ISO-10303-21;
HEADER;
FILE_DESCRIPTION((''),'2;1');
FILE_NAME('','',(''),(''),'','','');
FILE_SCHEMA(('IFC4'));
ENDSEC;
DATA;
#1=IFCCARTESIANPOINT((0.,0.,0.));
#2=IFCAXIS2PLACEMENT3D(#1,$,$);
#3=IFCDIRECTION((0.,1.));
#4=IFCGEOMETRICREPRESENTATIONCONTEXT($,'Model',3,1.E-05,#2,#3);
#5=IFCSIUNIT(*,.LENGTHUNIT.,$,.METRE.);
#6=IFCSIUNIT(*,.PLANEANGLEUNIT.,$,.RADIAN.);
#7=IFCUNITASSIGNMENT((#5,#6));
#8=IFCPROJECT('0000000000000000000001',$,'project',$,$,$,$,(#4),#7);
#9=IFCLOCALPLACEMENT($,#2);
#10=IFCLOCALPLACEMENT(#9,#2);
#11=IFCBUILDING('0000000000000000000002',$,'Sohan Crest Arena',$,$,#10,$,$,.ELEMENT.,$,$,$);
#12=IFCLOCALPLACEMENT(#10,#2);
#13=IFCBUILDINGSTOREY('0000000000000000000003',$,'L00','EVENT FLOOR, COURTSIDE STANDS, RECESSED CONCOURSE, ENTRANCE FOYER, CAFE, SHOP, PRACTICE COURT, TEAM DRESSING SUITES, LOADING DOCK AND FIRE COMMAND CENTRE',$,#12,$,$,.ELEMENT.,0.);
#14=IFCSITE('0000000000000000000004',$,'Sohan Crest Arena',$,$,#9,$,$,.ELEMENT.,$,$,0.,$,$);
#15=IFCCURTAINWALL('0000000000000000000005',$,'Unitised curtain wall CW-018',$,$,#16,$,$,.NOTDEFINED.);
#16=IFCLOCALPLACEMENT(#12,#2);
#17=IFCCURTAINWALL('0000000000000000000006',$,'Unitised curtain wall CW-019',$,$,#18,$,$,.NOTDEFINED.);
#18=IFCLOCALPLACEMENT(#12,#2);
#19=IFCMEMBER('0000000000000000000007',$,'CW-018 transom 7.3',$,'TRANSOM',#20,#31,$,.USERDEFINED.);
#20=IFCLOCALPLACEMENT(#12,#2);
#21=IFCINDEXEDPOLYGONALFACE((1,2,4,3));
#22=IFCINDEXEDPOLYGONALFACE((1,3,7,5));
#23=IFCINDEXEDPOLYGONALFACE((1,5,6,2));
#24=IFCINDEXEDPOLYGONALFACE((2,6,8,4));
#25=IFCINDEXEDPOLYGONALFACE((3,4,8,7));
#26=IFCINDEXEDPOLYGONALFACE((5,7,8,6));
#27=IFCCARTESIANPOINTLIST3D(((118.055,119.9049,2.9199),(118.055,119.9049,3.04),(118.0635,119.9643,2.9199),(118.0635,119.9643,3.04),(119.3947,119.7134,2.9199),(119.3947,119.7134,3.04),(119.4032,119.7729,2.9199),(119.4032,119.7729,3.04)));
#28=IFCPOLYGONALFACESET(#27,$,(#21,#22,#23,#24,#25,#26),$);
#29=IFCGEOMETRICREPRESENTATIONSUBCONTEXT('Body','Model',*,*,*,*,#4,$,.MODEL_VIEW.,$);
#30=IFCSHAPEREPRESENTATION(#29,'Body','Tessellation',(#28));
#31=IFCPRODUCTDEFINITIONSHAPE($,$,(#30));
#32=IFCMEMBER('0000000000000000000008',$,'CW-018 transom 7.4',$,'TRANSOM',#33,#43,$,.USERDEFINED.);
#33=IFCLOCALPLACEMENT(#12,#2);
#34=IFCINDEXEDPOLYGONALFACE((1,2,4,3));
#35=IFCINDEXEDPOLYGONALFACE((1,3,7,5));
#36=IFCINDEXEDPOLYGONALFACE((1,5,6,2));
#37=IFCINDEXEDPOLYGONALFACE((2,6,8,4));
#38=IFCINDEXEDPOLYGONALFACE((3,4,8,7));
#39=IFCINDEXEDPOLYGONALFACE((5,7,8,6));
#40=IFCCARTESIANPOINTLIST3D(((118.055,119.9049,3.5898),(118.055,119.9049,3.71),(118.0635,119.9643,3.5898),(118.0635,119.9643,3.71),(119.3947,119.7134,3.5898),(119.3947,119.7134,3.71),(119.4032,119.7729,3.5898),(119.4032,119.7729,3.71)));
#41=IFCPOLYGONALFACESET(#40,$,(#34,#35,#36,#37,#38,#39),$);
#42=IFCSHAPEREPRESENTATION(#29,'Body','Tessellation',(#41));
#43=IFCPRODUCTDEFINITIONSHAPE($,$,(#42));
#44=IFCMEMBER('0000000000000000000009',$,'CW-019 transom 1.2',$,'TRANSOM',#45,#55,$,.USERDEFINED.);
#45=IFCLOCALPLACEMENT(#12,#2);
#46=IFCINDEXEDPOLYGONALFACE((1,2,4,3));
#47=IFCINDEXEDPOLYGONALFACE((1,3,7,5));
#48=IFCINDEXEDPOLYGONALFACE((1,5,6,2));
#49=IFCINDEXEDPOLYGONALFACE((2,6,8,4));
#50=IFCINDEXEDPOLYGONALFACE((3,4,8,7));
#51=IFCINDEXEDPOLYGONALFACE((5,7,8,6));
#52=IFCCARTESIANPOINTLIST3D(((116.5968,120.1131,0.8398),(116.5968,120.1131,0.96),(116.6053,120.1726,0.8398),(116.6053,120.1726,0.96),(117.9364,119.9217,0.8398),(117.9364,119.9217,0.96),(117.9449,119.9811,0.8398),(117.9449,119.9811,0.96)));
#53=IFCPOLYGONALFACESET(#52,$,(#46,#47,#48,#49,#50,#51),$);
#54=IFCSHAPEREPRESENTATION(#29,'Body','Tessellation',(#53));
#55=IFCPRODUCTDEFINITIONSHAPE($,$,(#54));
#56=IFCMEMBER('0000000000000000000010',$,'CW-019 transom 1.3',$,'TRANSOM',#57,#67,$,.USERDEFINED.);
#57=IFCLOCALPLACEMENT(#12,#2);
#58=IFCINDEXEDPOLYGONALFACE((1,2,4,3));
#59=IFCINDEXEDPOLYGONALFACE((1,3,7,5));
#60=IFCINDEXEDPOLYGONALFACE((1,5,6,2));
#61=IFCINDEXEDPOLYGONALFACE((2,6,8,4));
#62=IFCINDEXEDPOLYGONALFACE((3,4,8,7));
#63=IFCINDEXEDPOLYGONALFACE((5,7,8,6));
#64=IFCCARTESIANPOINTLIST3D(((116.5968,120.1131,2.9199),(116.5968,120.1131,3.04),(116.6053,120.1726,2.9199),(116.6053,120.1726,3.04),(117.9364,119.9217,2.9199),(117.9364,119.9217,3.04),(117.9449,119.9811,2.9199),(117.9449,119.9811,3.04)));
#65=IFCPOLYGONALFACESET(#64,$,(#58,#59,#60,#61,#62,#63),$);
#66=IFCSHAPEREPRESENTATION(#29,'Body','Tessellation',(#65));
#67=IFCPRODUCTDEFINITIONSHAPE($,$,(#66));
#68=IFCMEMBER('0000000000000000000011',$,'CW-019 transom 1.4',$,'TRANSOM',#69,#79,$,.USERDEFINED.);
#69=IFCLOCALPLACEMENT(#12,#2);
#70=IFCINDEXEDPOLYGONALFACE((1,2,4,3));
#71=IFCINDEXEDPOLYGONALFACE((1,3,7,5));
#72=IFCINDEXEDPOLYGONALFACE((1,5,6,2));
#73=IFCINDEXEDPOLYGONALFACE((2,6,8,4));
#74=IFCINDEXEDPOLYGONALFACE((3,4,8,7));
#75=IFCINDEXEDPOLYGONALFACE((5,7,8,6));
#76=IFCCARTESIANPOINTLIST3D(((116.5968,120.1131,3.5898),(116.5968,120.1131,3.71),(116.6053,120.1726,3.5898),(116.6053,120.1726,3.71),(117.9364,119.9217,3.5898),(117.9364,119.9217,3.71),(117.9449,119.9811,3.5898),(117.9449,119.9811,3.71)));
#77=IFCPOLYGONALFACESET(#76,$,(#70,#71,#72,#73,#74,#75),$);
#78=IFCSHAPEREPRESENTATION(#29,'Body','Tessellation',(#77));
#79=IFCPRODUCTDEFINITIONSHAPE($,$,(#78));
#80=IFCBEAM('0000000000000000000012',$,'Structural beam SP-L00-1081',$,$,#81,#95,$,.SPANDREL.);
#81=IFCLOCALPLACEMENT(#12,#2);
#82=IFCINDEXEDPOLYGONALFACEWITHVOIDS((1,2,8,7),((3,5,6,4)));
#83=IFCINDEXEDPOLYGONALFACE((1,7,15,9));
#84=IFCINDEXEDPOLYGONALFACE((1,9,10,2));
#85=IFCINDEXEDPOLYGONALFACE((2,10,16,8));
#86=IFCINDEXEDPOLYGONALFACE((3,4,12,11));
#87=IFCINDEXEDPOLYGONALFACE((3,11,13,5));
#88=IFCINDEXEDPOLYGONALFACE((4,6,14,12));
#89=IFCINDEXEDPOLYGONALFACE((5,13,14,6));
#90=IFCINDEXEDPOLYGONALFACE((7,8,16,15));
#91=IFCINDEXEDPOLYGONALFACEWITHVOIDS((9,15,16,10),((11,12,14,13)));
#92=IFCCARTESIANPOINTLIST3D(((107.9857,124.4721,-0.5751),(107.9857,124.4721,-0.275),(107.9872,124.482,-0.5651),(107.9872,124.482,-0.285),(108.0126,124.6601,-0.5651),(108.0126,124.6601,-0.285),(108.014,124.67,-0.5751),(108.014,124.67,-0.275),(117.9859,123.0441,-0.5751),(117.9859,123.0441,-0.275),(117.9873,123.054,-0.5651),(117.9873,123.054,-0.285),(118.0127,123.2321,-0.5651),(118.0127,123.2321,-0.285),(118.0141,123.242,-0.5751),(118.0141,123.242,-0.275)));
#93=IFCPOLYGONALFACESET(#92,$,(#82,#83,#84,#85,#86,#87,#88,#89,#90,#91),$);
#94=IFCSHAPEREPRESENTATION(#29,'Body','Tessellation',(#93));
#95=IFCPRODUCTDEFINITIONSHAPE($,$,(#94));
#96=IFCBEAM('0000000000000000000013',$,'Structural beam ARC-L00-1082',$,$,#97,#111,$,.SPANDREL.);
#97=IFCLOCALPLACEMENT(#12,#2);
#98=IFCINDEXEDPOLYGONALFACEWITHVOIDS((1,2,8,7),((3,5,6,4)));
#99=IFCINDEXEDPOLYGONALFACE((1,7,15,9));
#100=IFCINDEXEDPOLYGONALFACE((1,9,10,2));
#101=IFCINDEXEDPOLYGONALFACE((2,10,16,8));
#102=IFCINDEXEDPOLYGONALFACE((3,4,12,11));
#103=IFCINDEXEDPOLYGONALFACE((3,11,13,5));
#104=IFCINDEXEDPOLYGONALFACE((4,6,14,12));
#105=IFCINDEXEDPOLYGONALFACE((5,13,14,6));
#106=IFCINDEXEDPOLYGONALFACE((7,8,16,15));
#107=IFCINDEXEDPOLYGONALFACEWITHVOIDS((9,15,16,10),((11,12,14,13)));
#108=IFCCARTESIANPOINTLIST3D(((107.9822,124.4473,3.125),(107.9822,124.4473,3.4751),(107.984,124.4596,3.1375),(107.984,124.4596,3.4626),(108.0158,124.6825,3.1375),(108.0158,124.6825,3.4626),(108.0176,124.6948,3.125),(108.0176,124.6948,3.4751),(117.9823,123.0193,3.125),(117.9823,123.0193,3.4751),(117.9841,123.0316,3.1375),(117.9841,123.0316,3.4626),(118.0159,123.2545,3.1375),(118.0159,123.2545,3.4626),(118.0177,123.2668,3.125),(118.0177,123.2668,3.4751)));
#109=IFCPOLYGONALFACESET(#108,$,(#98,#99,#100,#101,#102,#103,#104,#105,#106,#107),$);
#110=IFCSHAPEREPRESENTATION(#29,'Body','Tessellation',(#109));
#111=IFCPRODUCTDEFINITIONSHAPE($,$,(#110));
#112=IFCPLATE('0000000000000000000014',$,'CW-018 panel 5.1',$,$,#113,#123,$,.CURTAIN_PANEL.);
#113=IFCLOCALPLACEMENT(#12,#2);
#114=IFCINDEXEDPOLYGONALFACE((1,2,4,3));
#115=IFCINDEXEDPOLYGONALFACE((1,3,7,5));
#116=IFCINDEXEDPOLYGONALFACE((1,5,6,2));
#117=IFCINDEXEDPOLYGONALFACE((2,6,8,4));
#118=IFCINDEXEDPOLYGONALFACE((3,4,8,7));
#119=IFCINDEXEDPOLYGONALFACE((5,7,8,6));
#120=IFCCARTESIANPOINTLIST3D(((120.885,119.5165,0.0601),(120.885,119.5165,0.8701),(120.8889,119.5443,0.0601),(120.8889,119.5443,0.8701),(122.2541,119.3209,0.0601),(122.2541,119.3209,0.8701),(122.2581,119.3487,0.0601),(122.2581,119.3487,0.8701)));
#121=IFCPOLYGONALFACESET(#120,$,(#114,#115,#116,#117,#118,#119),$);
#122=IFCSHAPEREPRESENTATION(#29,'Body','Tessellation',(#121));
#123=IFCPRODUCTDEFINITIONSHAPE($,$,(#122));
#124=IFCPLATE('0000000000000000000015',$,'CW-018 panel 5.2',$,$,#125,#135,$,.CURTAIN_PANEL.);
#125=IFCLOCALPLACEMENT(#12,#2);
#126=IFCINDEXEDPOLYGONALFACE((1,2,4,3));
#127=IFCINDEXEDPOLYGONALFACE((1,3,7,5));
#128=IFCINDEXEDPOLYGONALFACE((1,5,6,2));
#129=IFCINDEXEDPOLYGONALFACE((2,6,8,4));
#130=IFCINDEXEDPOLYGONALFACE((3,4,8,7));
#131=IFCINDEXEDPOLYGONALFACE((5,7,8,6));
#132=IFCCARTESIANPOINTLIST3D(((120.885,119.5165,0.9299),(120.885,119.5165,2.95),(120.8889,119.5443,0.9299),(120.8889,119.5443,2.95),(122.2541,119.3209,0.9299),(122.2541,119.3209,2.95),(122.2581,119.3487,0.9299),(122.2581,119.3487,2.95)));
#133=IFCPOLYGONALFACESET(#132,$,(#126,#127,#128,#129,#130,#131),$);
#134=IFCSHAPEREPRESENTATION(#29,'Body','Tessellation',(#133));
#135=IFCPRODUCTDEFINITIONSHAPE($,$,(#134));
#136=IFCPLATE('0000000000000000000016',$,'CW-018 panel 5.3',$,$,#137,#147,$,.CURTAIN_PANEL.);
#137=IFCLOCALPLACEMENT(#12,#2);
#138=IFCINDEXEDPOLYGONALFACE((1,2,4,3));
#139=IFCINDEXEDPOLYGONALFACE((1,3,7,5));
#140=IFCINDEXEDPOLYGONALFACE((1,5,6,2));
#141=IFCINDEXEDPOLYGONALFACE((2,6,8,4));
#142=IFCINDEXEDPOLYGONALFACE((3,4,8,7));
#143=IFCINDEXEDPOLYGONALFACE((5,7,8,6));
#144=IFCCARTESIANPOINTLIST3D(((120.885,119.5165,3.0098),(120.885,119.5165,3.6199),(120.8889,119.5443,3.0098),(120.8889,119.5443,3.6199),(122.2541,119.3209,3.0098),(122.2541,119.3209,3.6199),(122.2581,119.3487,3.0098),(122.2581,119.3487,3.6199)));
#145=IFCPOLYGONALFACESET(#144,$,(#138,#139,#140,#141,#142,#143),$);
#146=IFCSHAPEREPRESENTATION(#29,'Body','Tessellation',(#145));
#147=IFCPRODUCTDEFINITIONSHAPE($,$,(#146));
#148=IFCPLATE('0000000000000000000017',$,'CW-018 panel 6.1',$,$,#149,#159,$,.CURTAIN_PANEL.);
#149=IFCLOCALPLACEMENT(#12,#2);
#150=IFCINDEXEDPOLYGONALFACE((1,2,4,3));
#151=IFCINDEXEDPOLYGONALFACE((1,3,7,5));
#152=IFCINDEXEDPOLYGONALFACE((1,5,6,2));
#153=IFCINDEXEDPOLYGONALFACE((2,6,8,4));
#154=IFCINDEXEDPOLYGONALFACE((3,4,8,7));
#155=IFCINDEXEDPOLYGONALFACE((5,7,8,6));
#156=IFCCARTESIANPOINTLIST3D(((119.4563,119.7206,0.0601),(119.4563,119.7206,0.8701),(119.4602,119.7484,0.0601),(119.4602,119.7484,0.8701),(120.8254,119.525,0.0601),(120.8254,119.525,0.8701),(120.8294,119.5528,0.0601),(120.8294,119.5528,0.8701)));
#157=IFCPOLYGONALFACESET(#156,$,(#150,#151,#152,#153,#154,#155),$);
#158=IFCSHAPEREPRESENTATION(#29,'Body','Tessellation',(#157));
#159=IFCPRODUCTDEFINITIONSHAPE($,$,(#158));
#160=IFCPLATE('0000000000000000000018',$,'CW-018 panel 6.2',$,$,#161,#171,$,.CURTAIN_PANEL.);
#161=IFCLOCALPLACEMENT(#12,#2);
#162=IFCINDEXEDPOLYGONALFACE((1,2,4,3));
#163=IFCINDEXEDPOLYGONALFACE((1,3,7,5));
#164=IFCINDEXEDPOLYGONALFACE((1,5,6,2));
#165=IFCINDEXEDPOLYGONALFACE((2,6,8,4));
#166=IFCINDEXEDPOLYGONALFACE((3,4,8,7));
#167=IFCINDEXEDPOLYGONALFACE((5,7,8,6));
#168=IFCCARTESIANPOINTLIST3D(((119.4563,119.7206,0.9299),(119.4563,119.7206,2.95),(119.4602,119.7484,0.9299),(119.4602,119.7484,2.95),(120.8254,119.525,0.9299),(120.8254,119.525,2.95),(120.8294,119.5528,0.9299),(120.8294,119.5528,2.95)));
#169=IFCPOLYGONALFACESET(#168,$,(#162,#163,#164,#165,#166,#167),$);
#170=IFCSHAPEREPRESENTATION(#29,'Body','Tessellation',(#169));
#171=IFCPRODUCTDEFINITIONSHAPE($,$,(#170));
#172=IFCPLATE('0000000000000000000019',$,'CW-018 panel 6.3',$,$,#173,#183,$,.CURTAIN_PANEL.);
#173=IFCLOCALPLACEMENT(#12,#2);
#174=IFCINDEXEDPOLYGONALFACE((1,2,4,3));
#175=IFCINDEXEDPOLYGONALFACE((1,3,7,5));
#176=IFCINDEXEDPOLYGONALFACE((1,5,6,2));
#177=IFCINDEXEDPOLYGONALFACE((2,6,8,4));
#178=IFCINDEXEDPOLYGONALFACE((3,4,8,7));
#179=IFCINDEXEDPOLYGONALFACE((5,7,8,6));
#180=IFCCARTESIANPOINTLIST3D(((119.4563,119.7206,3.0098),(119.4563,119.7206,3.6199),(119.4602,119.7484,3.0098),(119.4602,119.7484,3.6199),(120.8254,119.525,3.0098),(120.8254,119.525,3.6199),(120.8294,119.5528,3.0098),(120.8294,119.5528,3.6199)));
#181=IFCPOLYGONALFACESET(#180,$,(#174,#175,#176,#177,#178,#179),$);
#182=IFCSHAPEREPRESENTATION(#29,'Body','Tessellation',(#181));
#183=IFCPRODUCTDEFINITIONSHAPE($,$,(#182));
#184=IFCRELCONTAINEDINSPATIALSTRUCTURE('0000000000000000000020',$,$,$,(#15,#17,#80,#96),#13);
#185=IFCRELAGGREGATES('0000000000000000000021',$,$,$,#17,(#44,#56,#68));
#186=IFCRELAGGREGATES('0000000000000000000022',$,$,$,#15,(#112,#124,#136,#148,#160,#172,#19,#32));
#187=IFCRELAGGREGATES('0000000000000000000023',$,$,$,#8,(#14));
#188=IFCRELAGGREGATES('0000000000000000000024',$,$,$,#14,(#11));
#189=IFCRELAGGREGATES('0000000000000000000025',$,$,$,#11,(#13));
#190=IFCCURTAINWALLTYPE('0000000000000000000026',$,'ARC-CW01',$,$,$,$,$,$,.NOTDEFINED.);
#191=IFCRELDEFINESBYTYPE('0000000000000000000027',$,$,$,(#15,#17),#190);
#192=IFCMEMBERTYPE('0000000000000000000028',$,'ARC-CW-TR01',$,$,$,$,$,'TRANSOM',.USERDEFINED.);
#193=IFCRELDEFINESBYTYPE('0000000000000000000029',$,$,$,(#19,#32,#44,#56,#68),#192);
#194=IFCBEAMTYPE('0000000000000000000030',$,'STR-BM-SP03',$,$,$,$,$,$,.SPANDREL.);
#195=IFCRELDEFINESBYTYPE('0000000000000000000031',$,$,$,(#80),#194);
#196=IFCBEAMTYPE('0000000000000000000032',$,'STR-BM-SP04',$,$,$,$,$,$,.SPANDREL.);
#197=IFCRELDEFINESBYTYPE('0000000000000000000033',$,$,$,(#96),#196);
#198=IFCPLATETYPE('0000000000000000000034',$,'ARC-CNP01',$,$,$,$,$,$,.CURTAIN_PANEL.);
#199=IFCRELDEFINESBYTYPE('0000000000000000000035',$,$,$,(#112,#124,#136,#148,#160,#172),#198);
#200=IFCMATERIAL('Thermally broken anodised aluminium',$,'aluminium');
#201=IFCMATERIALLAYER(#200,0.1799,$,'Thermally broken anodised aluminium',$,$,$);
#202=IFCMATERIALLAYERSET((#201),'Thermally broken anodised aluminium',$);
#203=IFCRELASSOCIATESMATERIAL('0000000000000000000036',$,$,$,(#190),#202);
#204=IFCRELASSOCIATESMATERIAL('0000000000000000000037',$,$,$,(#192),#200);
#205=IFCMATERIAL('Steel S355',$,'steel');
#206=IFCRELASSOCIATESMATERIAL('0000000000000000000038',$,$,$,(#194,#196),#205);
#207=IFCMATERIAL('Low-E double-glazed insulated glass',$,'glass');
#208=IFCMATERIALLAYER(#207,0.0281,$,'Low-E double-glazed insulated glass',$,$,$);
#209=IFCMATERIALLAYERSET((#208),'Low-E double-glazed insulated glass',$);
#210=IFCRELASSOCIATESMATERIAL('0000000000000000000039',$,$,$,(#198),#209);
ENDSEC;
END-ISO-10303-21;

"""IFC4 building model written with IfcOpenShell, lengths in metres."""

from ifc_helpers import new_model, si_unit, direction, frame, origin, origin_2d, place, context, subcontext, project, spatial, rectangle, hollow_rectangle, extrude, material, layer, layer_set, material_profile, profile_set, type_object, element, aggregate, save


model = new_model("IFC4")

# Units and contexts
model_context = context("Model", 3, precision=1e-05, world=origin(), true_north=direction((0.0, 1.0)))
body_context = subcontext(model_context, "Body", "Model", "MODEL_VIEW")
ifc_project = project(units=[si_unit("LENGTHUNIT", "METRE"), si_unit("PLANEANGLEUNIT", "RADIAN")], contexts=[model_context])

# Site, building, storey
site_placement = place(None, origin())
site = spatial("IfcSite", under=ifc_project, at=site_placement, Name="Sohan Crest Arena", CompositionType="ELEMENT", RefElevation=0.0)
building_placement = place(site_placement, origin())
building = spatial("IfcBuilding", under=site, at=building_placement, Name="Sohan Crest Arena", CompositionType="ELEMENT")
storey_placement = place(building_placement, origin())
storey = spatial("IfcBuildingStorey", under=building, at=storey_placement, Name="L00", Description="EVENT FLOOR, COURTSIDE STANDS, RECESSED CONCOURSE, ENTRANCE FOYER, CAFE, SHOP, PRACTICE COURT, TEAM DRESSING SUITES, LOADING DOCK AND FIRE COMMAND CENTRE", CompositionType="ELEMENT", Elevation=0.0)

# Curtain wall
ifc_material_1 = material(Name="Thermally broken anodised aluminium", Category="aluminium")
ifc_layer_1 = layer(ifc_material_1, 0.1799, Name="Thermally broken anodised aluminium")
ifc_layer_set_1 = layer_set([ifc_layer_1], Name="Thermally broken anodised aluminium")
curtain_wall_type = type_object("IfcCurtainWallType", Name="ARC-CW01", PredefinedType="NOTDEFINED", material=ifc_layer_set_1)
curtain_wall_1_placement = place(storey_placement, origin())
curtain_wall_1 = element("IfcCurtainWall", 1, at=curtain_wall_1_placement, inside=storey, type_object=curtain_wall_type, Name="Unitised curtain wall CW-018", PredefinedType="NOTDEFINED")

# Curtain wall
curtain_wall_2_placement = place(storey_placement, origin())
curtain_wall_2 = element("IfcCurtainWall", 2, at=curtain_wall_2_placement, inside=storey, type_object=curtain_wall_type, Name="Unitised curtain wall CW-019", PredefinedType="NOTDEFINED")

# Members
ifc_material_profile_1 = material_profile(ifc_material_1, rectangle(XDim=0.0601, YDim=0.1201, at=origin_2d()), Name="ALU-TRAN 60x120")
ifc_profile_set_1 = profile_set([ifc_material_profile_1], Name="Thermally broken anodised aluminium")
member_type_1 = type_object("IfcMemberType", Name="ARC-CW-TR01", ElementType="TRANSOM", PredefinedType="USERDEFINED", material=ifc_profile_set_1)
member_1_placement = place(storey_placement, frame((119.3989, 119.7432, 2.98), z_axis=(-0.989946, 0.141447, 0.0), x_axis=(-0.141447, -0.989946, 0.0)))
member_1 = element("IfcMember", 3, at=member_1_placement, type_object=member_type_1, Name="CW-018 transom 7.3", ObjectType="TRANSOM", PredefinedType="USERDEFINED", context=body_context, shape_type="SweptSolid", body=[
    extrude(rectangle(XDim=0.0601, YDim=0.1201, at=origin_2d()), origin(), (0.0, 0.0, 1.0), 1.3533),
])
member_2_placement = place(storey_placement, frame((119.3989, 119.7432, 3.6499), z_axis=(-0.989946, 0.141447, 0.0), x_axis=(-0.141447, -0.989946, 0.0)))
member_2 = element("IfcMember", 4, at=member_2_placement, type_object=member_type_1, Name="CW-018 transom 7.4", ObjectType="TRANSOM", PredefinedType="USERDEFINED", context=body_context, shape_type="SweptSolid", body=[
    extrude(rectangle(XDim=0.0601, YDim=0.1201, at=origin_2d()), origin(), (0.0, 0.0, 1.0), 1.3533),
])
member_3_placement = place(storey_placement, frame((117.9407, 119.9514, 0.8999), z_axis=(-0.989946, 0.141447, 0.0), x_axis=(-0.141447, -0.989946, 0.0)))
member_3 = element("IfcMember", 5, at=member_3_placement, type_object=member_type_1, Name="CW-019 transom 1.2", ObjectType="TRANSOM", PredefinedType="USERDEFINED", context=body_context, shape_type="SweptSolid", body=[
    extrude(rectangle(XDim=0.0601, YDim=0.1201, at=origin_2d()), origin(), (0.0, 0.0, 1.0), 1.3533),
])
member_4_placement = place(storey_placement, frame((117.9407, 119.9514, 2.98), z_axis=(-0.989946, 0.141447, 0.0), x_axis=(-0.141447, -0.989946, 0.0)))
member_4 = element("IfcMember", 6, at=member_4_placement, type_object=member_type_1, Name="CW-019 transom 1.3", ObjectType="TRANSOM", PredefinedType="USERDEFINED", context=body_context, shape_type="SweptSolid", body=[
    extrude(rectangle(XDim=0.0601, YDim=0.1201, at=origin_2d()), origin(), (0.0, 0.0, 1.0), 1.3533),
])
member_5_placement = place(storey_placement, frame((117.9407, 119.9514, 3.6499), z_axis=(-0.989946, 0.141447, 0.0), x_axis=(-0.141447, -0.989946, 0.0)))
member_5 = element("IfcMember", 7, at=member_5_placement, type_object=member_type_1, Name="CW-019 transom 1.4", ObjectType="TRANSOM", PredefinedType="USERDEFINED", context=body_context, shape_type="SweptSolid", body=[
    extrude(rectangle(XDim=0.0601, YDim=0.1201, at=origin_2d()), origin(), (0.0, 0.0, 1.0), 1.3533),
])
aggregate(curtain_wall_2, [member_3, member_4, member_5])

# Beams
ifc_material_2 = material(Name="Steel S355", Category="steel")
ifc_material_profile_2 = material_profile(ifc_material_2, hollow_rectangle(XDim=0.2, YDim=0.3, WallThickness=0.01, at=origin_2d()), Name="RHS 300x200x10")
ifc_profile_set_2 = profile_set([ifc_material_profile_2], Name="Steel S355")
beam_type_1 = type_object("IfcBeamType", Name="STR-BM-SP03", PredefinedType="SPANDREL", material=ifc_profile_set_2)
beam_1_placement = place(storey_placement, frame((118.0, 123.1431, -0.425), z_axis=(-0.989958, 0.141364, 0.0), x_axis=(-0.141364, -0.989958, 0.0)))
element("IfcBeam", 8, at=beam_1_placement, inside=storey, type_object=beam_type_1, Name="Structural beam SP-L00-1081", PredefinedType="SPANDREL", context=body_context, shape_type="SweptSolid", body=[
    extrude(hollow_rectangle(XDim=0.2, YDim=0.3, WallThickness=0.01, at=origin_2d()), origin(), (0.0, 0.0, 1.0), 10.1016),
])
ifc_material_profile_3 = material_profile(ifc_material_2, hollow_rectangle(XDim=0.25, YDim=0.3501, WallThickness=0.0125, at=origin_2d()), Name="RHS 350x250x12.5")
ifc_profile_set_3 = profile_set([ifc_material_profile_3], Name="Steel S355")
beam_type_2 = type_object("IfcBeamType", Name="STR-BM-SP04", PredefinedType="SPANDREL", material=ifc_profile_set_3)
beam_2_placement = place(storey_placement, frame((118.0, 123.1431, 3.3), z_axis=(-0.989958, 0.141364, 0.0), x_axis=(-0.141364, -0.989958, 0.0)))
element("IfcBeam", 9, at=beam_2_placement, inside=storey, type_object=beam_type_2, Name="Structural beam ARC-L00-1082", PredefinedType="SPANDREL", context=body_context, shape_type="SweptSolid", body=[
    extrude(hollow_rectangle(XDim=0.25, YDim=0.3501, WallThickness=0.0125, at=origin_2d()), origin(), (0.0, 0.0, 1.0), 10.1016),
])

# Plates
ifc_material_3 = material(Name="Low-E double-glazed insulated glass", Category="glass")
ifc_layer_2 = layer(ifc_material_3, 0.0281, Name="Low-E double-glazed insulated glass")
ifc_layer_set_2 = layer_set([ifc_layer_2], Name="Low-E double-glazed insulated glass")
plate_type = type_object("IfcPlateType", Name="ARC-CNP01", PredefinedType="CURTAIN_PANEL", material=ifc_layer_set_2)
plate_1_placement = place(storey_placement, frame((121.5715, 119.4326, 0.0601), z_axis=(0.0, 0.0, 1.0), x_axis=(-0.989944, 0.141463, 0.0)))
plate_1 = element("IfcPlate", 10, at=plate_1_placement, type_object=plate_type, Name="CW-018 panel 5.1", PredefinedType="CURTAIN_PANEL", context=body_context, shape_type="SweptSolid", body=[
    extrude(rectangle(XDim=1.3831, YDim=0.0281, at=origin_2d()), origin(), (0.0, 0.0, 1.0), 0.8101),
])
plate_2_placement = place(storey_placement, frame((121.5715, 119.4326, 0.9299), z_axis=(0.0, 0.0, 1.0), x_axis=(-0.989944, 0.141463, 0.0)))
plate_2 = element("IfcPlate", 11, at=plate_2_placement, type_object=plate_type, Name="CW-018 panel 5.2", PredefinedType="CURTAIN_PANEL", context=body_context, shape_type="SweptSolid", body=[
    extrude(rectangle(XDim=1.3831, YDim=0.0281, at=origin_2d()), origin(), (0.0, 0.0, 1.0), 2.02),
])
plate_3_placement = place(storey_placement, frame((121.5715, 119.4326, 3.0098), z_axis=(0.0, 0.0, 1.0), x_axis=(-0.989944, 0.141463, 0.0)))
plate_3 = element("IfcPlate", 12, at=plate_3_placement, type_object=plate_type, Name="CW-018 panel 5.3", PredefinedType="CURTAIN_PANEL", context=body_context, shape_type="SweptSolid", body=[
    extrude(rectangle(XDim=1.3831, YDim=0.0281, at=origin_2d()), origin(), (0.0, 0.0, 1.0), 0.6101),
])
plate_4_placement = place(storey_placement, frame((120.1428, 119.6367, 0.0601), z_axis=(0.0, 0.0, 1.0), x_axis=(-0.989944, 0.141463, 0.0)))
plate_4 = element("IfcPlate", 13, at=plate_4_placement, type_object=plate_type, Name="CW-018 panel 6.1", PredefinedType="CURTAIN_PANEL", context=body_context, shape_type="SweptSolid", body=[
    extrude(rectangle(XDim=1.3831, YDim=0.0281, at=origin_2d()), origin(), (0.0, 0.0, 1.0), 0.8101),
])
plate_5_placement = place(storey_placement, frame((120.1428, 119.6367, 0.9299), z_axis=(0.0, 0.0, 1.0), x_axis=(-0.989944, 0.141463, 0.0)))
plate_5 = element("IfcPlate", 14, at=plate_5_placement, type_object=plate_type, Name="CW-018 panel 6.2", PredefinedType="CURTAIN_PANEL", context=body_context, shape_type="SweptSolid", body=[
    extrude(rectangle(XDim=1.3831, YDim=0.0281, at=origin_2d()), origin(), (0.0, 0.0, 1.0), 2.02),
])
plate_6_placement = place(storey_placement, frame((120.1428, 119.6367, 3.0098), z_axis=(0.0, 0.0, 1.0), x_axis=(-0.989944, 0.141463, 0.0)))
plate_6 = element("IfcPlate", 15, at=plate_6_placement, type_object=plate_type, Name="CW-018 panel 6.3", PredefinedType="CURTAIN_PANEL", context=body_context, shape_type="SweptSolid", body=[
    extrude(rectangle(XDim=1.3831, YDim=0.0281, at=origin_2d()), origin(), (0.0, 0.0, 1.0), 0.6101),
])
aggregate(curtain_wall_1, [plate_1, plate_2, plate_3, plate_4, plate_5, plate_6, member_1, member_2])

save(model, "model.ifc")
